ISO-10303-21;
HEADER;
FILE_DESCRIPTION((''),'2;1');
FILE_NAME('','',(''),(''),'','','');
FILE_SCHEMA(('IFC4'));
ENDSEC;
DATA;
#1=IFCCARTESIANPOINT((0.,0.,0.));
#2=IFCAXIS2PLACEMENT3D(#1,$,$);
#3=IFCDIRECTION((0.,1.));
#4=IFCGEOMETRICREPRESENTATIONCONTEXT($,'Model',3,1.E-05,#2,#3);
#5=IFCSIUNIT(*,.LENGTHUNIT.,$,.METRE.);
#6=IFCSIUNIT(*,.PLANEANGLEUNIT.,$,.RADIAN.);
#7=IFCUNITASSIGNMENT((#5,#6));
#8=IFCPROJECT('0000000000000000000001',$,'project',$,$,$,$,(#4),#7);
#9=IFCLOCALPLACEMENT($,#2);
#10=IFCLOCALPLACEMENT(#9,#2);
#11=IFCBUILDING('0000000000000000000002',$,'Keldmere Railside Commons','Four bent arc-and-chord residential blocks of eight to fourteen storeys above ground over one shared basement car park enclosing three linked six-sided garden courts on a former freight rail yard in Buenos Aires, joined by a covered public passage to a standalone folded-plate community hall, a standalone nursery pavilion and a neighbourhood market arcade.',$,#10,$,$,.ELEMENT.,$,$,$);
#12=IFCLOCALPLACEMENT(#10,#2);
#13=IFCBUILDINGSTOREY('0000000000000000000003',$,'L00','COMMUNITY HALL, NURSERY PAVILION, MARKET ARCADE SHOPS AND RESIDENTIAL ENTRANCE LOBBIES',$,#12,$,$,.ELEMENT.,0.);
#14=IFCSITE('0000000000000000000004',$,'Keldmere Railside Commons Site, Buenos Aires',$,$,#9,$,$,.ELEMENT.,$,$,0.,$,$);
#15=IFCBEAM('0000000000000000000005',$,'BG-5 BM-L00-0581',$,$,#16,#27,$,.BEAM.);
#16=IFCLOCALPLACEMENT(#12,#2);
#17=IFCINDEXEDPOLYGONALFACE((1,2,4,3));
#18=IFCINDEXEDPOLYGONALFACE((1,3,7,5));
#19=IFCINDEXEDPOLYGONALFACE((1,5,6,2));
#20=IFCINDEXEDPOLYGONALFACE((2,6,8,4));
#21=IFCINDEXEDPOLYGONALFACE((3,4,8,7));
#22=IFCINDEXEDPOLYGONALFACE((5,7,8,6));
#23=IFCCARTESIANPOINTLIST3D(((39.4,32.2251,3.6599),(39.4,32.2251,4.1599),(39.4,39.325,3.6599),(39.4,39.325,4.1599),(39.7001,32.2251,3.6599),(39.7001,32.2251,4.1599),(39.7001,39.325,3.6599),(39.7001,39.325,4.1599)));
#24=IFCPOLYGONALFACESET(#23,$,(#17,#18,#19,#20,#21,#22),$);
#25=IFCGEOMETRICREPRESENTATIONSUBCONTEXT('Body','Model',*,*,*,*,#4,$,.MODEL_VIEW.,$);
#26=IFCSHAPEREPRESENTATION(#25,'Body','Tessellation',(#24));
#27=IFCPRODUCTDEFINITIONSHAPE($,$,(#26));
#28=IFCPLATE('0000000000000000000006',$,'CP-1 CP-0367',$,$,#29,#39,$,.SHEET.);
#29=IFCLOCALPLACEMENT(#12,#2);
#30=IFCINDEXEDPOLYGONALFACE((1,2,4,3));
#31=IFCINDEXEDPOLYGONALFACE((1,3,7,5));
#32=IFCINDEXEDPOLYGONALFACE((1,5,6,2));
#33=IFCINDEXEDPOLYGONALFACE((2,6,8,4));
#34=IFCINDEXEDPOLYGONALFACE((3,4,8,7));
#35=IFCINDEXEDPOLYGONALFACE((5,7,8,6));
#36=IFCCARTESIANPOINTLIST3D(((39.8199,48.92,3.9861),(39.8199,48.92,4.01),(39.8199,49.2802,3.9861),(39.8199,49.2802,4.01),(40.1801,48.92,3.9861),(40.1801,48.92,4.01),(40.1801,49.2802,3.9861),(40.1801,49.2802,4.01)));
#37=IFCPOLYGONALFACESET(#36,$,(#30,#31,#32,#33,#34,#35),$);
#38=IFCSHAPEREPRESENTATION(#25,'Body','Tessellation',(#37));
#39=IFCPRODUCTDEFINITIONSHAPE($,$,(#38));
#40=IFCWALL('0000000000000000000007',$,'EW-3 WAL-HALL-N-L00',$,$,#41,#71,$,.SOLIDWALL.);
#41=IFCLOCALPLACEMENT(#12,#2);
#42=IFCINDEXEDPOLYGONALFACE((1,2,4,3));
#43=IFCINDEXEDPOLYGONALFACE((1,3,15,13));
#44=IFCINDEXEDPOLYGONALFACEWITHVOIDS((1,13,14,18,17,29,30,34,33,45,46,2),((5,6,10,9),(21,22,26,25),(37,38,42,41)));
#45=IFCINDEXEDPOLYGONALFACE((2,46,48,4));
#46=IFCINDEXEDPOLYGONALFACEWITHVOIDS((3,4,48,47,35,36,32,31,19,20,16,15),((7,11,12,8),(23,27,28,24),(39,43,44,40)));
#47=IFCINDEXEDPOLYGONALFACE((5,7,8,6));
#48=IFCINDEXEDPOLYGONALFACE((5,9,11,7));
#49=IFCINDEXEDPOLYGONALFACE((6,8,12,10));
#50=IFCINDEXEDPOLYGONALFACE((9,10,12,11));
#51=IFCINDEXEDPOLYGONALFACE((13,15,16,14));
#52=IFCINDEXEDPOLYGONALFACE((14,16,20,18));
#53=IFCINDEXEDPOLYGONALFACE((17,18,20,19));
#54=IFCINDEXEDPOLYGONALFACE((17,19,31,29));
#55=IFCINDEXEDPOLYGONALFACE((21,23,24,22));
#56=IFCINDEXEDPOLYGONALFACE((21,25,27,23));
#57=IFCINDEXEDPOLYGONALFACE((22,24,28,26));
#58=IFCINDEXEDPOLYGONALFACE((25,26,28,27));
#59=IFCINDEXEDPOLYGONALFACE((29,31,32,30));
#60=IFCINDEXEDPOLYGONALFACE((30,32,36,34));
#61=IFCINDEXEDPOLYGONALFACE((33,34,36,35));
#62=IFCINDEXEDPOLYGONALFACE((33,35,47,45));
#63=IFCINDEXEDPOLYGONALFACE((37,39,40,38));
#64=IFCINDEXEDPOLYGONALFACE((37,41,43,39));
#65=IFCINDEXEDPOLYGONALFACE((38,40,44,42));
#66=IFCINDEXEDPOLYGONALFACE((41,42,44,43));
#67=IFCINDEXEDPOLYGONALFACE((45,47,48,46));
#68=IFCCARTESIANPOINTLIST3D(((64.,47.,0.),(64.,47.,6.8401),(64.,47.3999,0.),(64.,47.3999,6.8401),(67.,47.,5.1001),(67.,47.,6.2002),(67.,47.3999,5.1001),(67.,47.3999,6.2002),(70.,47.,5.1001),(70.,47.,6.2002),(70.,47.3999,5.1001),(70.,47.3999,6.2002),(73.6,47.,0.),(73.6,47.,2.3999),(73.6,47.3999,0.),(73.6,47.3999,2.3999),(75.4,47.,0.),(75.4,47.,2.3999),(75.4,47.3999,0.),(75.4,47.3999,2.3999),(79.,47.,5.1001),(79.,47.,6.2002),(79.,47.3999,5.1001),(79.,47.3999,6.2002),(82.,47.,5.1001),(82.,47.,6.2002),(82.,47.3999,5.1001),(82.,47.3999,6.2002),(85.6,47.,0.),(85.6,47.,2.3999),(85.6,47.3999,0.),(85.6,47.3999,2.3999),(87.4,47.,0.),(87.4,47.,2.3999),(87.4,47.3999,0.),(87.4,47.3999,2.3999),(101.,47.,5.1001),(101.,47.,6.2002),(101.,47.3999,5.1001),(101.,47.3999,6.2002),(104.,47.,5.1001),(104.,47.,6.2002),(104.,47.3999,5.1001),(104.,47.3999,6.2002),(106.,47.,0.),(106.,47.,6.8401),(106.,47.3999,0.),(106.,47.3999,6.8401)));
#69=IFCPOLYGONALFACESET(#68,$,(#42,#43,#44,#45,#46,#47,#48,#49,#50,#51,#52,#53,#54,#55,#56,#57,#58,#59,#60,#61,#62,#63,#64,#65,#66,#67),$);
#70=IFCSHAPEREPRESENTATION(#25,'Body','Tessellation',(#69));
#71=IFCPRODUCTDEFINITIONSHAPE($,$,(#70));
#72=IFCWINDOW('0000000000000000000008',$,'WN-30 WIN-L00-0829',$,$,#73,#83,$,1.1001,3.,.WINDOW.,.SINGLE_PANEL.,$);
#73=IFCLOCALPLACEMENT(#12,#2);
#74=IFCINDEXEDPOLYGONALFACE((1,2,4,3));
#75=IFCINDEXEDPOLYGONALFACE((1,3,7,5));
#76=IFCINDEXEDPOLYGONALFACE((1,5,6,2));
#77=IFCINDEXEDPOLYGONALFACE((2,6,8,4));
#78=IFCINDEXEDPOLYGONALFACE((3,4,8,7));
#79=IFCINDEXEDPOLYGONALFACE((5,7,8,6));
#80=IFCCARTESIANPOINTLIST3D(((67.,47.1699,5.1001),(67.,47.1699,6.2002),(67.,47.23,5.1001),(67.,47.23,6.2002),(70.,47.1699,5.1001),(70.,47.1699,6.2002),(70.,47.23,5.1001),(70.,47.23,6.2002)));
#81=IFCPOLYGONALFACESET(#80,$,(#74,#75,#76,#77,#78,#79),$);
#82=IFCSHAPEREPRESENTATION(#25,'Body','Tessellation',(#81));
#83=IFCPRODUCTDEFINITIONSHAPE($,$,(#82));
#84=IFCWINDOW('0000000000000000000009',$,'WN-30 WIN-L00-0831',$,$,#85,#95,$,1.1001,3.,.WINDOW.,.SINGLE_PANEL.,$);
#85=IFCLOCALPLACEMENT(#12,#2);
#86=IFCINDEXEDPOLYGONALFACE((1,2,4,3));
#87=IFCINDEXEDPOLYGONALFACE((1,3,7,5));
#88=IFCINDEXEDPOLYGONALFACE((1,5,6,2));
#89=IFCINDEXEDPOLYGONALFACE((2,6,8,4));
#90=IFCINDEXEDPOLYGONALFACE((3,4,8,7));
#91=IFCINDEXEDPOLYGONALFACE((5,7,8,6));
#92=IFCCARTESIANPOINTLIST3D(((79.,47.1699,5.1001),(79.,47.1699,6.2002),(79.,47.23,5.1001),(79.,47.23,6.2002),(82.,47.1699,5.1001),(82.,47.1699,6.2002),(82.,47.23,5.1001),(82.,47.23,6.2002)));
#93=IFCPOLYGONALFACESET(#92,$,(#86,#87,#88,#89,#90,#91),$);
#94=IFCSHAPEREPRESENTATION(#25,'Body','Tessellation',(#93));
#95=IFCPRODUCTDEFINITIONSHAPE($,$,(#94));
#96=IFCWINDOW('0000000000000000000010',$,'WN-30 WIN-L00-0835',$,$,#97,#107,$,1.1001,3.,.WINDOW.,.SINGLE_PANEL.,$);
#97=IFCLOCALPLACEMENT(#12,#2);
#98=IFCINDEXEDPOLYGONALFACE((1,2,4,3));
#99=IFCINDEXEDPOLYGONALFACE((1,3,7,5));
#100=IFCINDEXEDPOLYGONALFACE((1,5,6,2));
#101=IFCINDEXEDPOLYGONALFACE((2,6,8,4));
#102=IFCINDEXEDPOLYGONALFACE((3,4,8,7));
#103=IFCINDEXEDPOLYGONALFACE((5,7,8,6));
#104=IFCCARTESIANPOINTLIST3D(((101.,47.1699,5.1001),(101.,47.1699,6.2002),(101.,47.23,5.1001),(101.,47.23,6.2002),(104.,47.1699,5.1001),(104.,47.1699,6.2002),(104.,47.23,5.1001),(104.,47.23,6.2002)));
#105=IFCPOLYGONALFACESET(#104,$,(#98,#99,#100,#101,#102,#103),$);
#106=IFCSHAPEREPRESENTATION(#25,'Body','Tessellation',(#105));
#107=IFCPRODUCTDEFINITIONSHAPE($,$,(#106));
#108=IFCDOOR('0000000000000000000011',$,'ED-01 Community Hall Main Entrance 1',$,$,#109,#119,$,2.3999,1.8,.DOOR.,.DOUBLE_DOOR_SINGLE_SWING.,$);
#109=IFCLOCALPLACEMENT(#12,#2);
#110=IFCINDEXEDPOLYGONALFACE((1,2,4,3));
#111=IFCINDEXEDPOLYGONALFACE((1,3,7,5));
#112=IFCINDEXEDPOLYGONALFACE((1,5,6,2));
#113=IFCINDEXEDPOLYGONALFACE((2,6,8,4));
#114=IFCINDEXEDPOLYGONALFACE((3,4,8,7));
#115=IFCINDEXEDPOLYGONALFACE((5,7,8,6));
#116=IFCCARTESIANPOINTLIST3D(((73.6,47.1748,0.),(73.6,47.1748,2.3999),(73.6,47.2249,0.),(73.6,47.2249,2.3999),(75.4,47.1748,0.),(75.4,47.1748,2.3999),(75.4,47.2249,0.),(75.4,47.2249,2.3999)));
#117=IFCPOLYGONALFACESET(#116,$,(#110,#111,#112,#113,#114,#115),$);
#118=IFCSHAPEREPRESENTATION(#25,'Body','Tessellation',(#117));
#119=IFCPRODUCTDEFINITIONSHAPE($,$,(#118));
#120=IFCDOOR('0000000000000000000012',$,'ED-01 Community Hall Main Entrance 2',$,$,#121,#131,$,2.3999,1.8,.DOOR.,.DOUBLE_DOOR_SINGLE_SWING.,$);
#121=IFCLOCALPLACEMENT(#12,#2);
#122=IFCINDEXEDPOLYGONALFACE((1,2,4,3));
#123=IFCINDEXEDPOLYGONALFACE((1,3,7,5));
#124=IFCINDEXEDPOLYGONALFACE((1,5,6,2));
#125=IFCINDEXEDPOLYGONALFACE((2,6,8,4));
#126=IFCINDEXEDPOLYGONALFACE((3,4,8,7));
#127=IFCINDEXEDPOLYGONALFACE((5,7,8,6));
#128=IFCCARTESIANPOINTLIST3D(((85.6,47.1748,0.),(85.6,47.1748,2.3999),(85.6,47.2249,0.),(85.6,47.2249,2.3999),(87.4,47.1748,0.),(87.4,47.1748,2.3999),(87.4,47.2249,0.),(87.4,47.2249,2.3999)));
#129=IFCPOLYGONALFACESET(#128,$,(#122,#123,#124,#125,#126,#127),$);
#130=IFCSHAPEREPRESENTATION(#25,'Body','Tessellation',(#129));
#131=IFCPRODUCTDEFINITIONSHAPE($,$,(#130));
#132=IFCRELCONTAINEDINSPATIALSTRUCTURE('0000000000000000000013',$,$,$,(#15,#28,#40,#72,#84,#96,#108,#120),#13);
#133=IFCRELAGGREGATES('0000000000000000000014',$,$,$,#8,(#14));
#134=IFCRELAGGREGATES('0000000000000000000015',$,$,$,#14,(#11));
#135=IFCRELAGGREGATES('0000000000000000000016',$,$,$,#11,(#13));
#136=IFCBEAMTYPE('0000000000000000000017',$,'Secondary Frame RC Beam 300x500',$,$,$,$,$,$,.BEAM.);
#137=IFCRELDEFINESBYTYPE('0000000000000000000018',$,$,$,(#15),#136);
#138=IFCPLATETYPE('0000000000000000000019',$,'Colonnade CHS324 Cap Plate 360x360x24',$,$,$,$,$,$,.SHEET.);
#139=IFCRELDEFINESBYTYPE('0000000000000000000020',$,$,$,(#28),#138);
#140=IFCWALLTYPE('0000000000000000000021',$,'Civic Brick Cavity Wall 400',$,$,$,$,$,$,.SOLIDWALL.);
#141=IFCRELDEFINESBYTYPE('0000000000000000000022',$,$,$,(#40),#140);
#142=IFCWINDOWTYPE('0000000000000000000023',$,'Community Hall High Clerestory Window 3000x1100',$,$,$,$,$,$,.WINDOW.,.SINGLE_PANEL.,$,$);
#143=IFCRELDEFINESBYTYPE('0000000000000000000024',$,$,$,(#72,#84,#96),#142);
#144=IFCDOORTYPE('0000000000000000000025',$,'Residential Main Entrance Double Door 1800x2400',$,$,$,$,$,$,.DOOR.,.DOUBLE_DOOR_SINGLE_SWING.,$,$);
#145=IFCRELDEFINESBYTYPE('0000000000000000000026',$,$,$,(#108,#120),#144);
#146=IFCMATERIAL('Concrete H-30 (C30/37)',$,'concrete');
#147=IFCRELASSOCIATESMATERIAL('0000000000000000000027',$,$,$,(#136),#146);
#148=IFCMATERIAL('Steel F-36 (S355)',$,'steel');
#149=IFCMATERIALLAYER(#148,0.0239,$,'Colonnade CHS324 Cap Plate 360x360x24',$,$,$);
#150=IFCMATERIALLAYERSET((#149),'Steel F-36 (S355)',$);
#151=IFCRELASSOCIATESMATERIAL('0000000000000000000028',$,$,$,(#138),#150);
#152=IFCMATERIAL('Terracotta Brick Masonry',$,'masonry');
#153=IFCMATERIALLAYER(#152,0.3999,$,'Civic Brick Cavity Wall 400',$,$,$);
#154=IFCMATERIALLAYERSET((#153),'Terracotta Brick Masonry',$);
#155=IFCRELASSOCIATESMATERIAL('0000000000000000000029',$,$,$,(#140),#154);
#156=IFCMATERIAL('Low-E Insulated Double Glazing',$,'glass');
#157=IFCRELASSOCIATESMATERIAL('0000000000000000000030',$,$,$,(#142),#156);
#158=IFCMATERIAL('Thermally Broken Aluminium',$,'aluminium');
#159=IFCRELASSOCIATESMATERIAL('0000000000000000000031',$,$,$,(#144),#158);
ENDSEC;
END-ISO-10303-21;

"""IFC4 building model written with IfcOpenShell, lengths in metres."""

from ifc_helpers import new_model, si_unit, direction, frame, frame_2d, origin, origin_2d, place, context, subcontext, project, spatial, rectangle, extrude, material, layer, layer_set, material_profile, profile_set, type_object, element, fill, save


model = new_model("IFC4")

# Units and contexts
model_context = context("Model", 3, precision=1e-05, world=origin(), true_north=direction((0.0, 1.0)))
body_context = subcontext(model_context, "Body", "Model", "MODEL_VIEW")
ifc_project = project(units=[si_unit("LENGTHUNIT", "METRE"), si_unit("PLANEANGLEUNIT", "RADIAN")], contexts=[model_context])

# Site, building, storey
site_placement = place(None, origin())
site = spatial("IfcSite", under=ifc_project, at=site_placement, Name="Keldmere Railside Commons Site, Buenos Aires", CompositionType="ELEMENT", RefElevation=0.0)
building_placement = place(site_placement, origin())
building = spatial("IfcBuilding", under=site, at=building_placement, Name="Keldmere Railside Commons", Description="Four bent arc-and-chord residential blocks of eight to fourteen storeys above ground over one shared basement car park enclosing three linked six-sided garden courts on a former freight rail yard in Buenos Aires, joined by a covered public passage to a standalone folded-plate community hall, a standalone nursery pavilion and a neighbourhood market arcade.", CompositionType="ELEMENT")
storey_placement = place(building_placement, origin())
storey = spatial("IfcBuildingStorey", under=building, at=storey_placement, Name="L00", Description="COMMUNITY HALL, NURSERY PAVILION, MARKET ARCADE SHOPS AND RESIDENTIAL ENTRANCE LOBBIES", CompositionType="ELEMENT", Elevation=0.0)

# Shared definitions
ifc_material_1 = material(Name="Steel F-36 (S355)", Category="steel")

# Beam
ifc_material_2 = material(Name="Concrete H-30 (C30/37)", Category="concrete")
ifc_material_profile_1 = material_profile(ifc_material_2, rectangle(XDim=0.3, YDim=0.5, at=origin_2d()), Name="RC-300x500")
ifc_profile_set_1 = profile_set([ifc_material_profile_1], Name="Concrete H-30 (C30/37)")
beam_type_1 = type_object("IfcBeamType", Name="Secondary Frame RC Beam 300x500", PredefinedType="BEAM", material=ifc_profile_set_1)
beam_1_placement = place(storey_placement, frame((39.55, 32.2251, 3.9099), z_axis=(0.0, 1.0, 0.0), x_axis=(-1.0, 0.0, 0.0)))
element("IfcBeam", 1, at=beam_1_placement, inside=storey, type_object=beam_type_1, Name="BG-5 BM-L00-0581", PredefinedType="BEAM", context=body_context, shape_type="SweptSolid", body=[
    extrude(rectangle(XDim=0.3, YDim=0.5, at=origin_2d()), origin(), (0.0, 0.0, 1.0), 7.0999),
])

# Plate
ifc_layer_1 = layer(ifc_material_1, 0.0239, Name="Colonnade CHS324 Cap Plate 360x360x24")
ifc_layer_set_1 = layer_set([ifc_layer_1], Name="Steel F-36 (S355)")
plate_type = type_object("IfcPlateType", Name="Colonnade CHS324 Cap Plate 360x360x24", PredefinedType="SHEET", material=ifc_layer_set_1)
plate_placement = place(storey_placement, frame((40.0, 49.1001, 3.9861), z_axis=(0.0, 0.0, 1.0), x_axis=(1.0, 0.0, 0.0)))
element("IfcPlate", 2, at=plate_placement, inside=storey, type_object=plate_type, Name="CP-1 CP-0367", PredefinedType="SHEET", context=body_context, shape_type="SweptSolid", body=[
    extrude(rectangle(XDim=0.3601, YDim=0.3601, at=origin_2d()), origin(), (0.0, 0.0, 1.0), 0.0239),
])

# Wall, openings, windows, doors
ifc_material_3 = material(Name="Terracotta Brick Masonry", Category="masonry")
ifc_layer_2 = layer(ifc_material_3, 0.3999, Name="Civic Brick Cavity Wall 400")
ifc_layer_set_2 = layer_set([ifc_layer_2], Name="Terracotta Brick Masonry")
wall_type_1 = type_object("IfcWallType", Name="Civic Brick Cavity Wall 400", PredefinedType="SOLIDWALL", material=ifc_layer_set_2)
wall_1_placement = place(storey_placement, frame((64.0, 47.2, 0.0), z_axis=(0.0, 0.0, 1.0), x_axis=(1.0, 0.0, 0.0)))
wall_1 = element("IfcWall", 3, at=wall_1_placement, inside=storey, type_object=wall_type_1, Name="EW-3 WAL-HALL-N-L00", PredefinedType="SOLIDWALL", context=body_context, shape_type="SweptSolid", body=[
    extrude(rectangle(XDim=42.0, YDim=0.3999, at=frame_2d((21.0, 0.0))), origin(), (0.0, 0.0, 1.0), 6.8401),
])
opening_1_placement = place(wall_1_placement, frame((9.6001, 0.0, 0.0)))
opening_1 = element("IfcOpeningElement", 4, at=opening_1_placement, cuts=wall_1, PredefinedType="OPENING", context=body_context, shape_type="SweptSolid", body=[
    extrude(rectangle(XDim=1.8, YDim=2.3999, at=frame_2d((0.8999, 1.2))), frame((0.0, 0.21, 0.0), z_axis=(0.0, -1.0, 0.0), x_axis=(1.0, 0.0, 0.0)), (0.0, 0.0, 1.0), 0.4199),
])
opening_2_placement = place(wall_1_placement, frame((21.6001, 0.0, 0.0)))
opening_2 = element("IfcOpeningElement", 5, at=opening_2_placement, cuts=wall_1, PredefinedType="OPENING", context=body_context, shape_type="SweptSolid", body=[
    extrude(rectangle(XDim=1.8, YDim=2.3999, at=frame_2d((0.8999, 1.2))), frame((0.0, 0.21, 0.0), z_axis=(0.0, -1.0, 0.0), x_axis=(1.0, 0.0, 0.0)), (0.0, 0.0, 1.0), 0.4199),
])
opening_3_placement = place(wall_1_placement, frame((3.0, 0.0, 5.1001)))
opening_3 = element("IfcOpeningElement", 6, at=opening_3_placement, cuts=wall_1, PredefinedType="OPENING", context=body_context, shape_type="SweptSolid", body=[
    extrude(rectangle(XDim=3.0, YDim=1.1001, at=frame_2d((1.5, 0.55))), frame((0.0, 0.21, 0.0), z_axis=(0.0, -1.0, 0.0), x_axis=(1.0, 0.0, 0.0)), (0.0, 0.0, 1.0), 0.4199),
])
opening_4_placement = place(wall_1_placement, frame((15.0, 0.0, 5.1001)))
opening_4 = element("IfcOpeningElement", 7, at=opening_4_placement, cuts=wall_1, PredefinedType="OPENING", context=body_context, shape_type="SweptSolid", body=[
    extrude(rectangle(XDim=3.0, YDim=1.1001, at=frame_2d((1.5, 0.55))), frame((0.0, 0.21, 0.0), z_axis=(0.0, -1.0, 0.0), x_axis=(1.0, 0.0, 0.0)), (0.0, 0.0, 1.0), 0.4199),
])
opening_5_placement = place(wall_1_placement, frame((37.0, 0.0, 5.1001)))
opening_5 = element("IfcOpeningElement", 8, at=opening_5_placement, cuts=wall_1, PredefinedType="OPENING", context=body_context, shape_type="SweptSolid", body=[
    extrude(rectangle(XDim=3.0, YDim=1.1001, at=frame_2d((1.5, 0.55))), frame((0.0, 0.21, 0.0), z_axis=(0.0, -1.0, 0.0), x_axis=(1.0, 0.0, 0.0)), (0.0, 0.0, 1.0), 0.4199),
])
ifc_material_4 = material(Name="Low-E Insulated Double Glazing", Category="glass")
window_type_1 = type_object("IfcWindowType", Name="Community Hall High Clerestory Window 3000x1100", PartitioningType="SINGLE_PANEL", PredefinedType="WINDOW", material=ifc_material_4)
window_1_placement = place(opening_3_placement, origin())
window_1 = element("IfcWindow", 9, at=window_1_placement, inside=storey, type_object=window_type_1, Name="WN-30 WIN-L00-0829", OverallHeight=1.1001, OverallWidth=3.0, PartitioningType="SINGLE_PANEL", PredefinedType="WINDOW", context=body_context, shape_type="SweptSolid", body=[
    extrude(rectangle(XDim=3.0, YDim=1.1001, at=frame_2d((1.5, 0.55))), frame((0.0, 0.03, 0.0), z_axis=(0.0, -1.0, 0.0), x_axis=(1.0, 0.0, 0.0)), (0.0, 0.0, 1.0), 0.0601),
])
fill(opening_3, window_1)
window_2_placement = place(opening_4_placement, origin())
window_2 = element("IfcWindow", 10, at=window_2_placement, inside=storey, type_object=window_type_1, Name="WN-30 WIN-L00-0831", OverallHeight=1.1001, OverallWidth=3.0, PartitioningType="SINGLE_PANEL", PredefinedType="WINDOW", context=body_context, shape_type="SweptSolid", body=[
    extrude(rectangle(XDim=3.0, YDim=1.1001, at=frame_2d((1.5, 0.55))), frame((0.0, 0.03, 0.0), z_axis=(0.0, -1.0, 0.0), x_axis=(1.0, 0.0, 0.0)), (0.0, 0.0, 1.0), 0.0601),
])
fill(opening_4, window_2)
window_3_placement = place(opening_5_placement, origin())
window_3 = element("IfcWindow", 11, at=window_3_placement, inside=storey, type_object=window_type_1, Name="WN-30 WIN-L00-0835", OverallHeight=1.1001, OverallWidth=3.0, PartitioningType="SINGLE_PANEL", PredefinedType="WINDOW", context=body_context, shape_type="SweptSolid", body=[
    extrude(rectangle(XDim=3.0, YDim=1.1001, at=frame_2d((1.5, 0.55))), frame((0.0, 0.03, 0.0), z_axis=(0.0, -1.0, 0.0), x_axis=(1.0, 0.0, 0.0)), (0.0, 0.0, 1.0), 0.0601),
])
fill(opening_5, window_3)
ifc_material_5 = material(Name="Thermally Broken Aluminium", Category="aluminium")
door_type_1 = type_object("IfcDoorType", Name="Residential Main Entrance Double Door 1800x2400", OperationType="DOUBLE_DOOR_SINGLE_SWING", PredefinedType="DOOR", material=ifc_material_5)
door_1_placement = place(opening_1_placement, origin())
door_1 = element("IfcDoor", 12, at=door_1_placement, inside=storey, type_object=door_type_1, Name="ED-01 Community Hall Main Entrance 1", OperationType="DOUBLE_DOOR_SINGLE_SWING", OverallHeight=2.3999, OverallWidth=1.8, PredefinedType="DOOR", context=body_context, shape_type="SweptSolid", body=[
    extrude(rectangle(XDim=1.8, YDim=2.3999, at=frame_2d((0.8999, 1.2))), frame((0.0, 0.0249, 0.0), z_axis=(0.0, -1.0, 0.0), x_axis=(1.0, 0.0, 0.0)), (0.0, 0.0, 1.0), 0.05),
])
fill(opening_1, door_1)
door_2_placement = place(opening_2_placement, origin())
door_2 = element("IfcDoor", 13, at=door_2_placement, inside=storey, type_object=door_type_1, Name="ED-01 Community Hall Main Entrance 2", OperationType="DOUBLE_DOOR_SINGLE_SWING", OverallHeight=2.3999, OverallWidth=1.8, PredefinedType="DOOR", context=body_context, shape_type="SweptSolid", body=[
    extrude(rectangle(XDim=1.8, YDim=2.3999, at=frame_2d((0.8999, 1.2))), frame((0.0, 0.0249, 0.0), z_axis=(0.0, -1.0, 0.0), x_axis=(1.0, 0.0, 0.0)), (0.0, 0.0, 1.0), 0.05),
])
fill(opening_2, door_2)

save(model, "model.ifc")
